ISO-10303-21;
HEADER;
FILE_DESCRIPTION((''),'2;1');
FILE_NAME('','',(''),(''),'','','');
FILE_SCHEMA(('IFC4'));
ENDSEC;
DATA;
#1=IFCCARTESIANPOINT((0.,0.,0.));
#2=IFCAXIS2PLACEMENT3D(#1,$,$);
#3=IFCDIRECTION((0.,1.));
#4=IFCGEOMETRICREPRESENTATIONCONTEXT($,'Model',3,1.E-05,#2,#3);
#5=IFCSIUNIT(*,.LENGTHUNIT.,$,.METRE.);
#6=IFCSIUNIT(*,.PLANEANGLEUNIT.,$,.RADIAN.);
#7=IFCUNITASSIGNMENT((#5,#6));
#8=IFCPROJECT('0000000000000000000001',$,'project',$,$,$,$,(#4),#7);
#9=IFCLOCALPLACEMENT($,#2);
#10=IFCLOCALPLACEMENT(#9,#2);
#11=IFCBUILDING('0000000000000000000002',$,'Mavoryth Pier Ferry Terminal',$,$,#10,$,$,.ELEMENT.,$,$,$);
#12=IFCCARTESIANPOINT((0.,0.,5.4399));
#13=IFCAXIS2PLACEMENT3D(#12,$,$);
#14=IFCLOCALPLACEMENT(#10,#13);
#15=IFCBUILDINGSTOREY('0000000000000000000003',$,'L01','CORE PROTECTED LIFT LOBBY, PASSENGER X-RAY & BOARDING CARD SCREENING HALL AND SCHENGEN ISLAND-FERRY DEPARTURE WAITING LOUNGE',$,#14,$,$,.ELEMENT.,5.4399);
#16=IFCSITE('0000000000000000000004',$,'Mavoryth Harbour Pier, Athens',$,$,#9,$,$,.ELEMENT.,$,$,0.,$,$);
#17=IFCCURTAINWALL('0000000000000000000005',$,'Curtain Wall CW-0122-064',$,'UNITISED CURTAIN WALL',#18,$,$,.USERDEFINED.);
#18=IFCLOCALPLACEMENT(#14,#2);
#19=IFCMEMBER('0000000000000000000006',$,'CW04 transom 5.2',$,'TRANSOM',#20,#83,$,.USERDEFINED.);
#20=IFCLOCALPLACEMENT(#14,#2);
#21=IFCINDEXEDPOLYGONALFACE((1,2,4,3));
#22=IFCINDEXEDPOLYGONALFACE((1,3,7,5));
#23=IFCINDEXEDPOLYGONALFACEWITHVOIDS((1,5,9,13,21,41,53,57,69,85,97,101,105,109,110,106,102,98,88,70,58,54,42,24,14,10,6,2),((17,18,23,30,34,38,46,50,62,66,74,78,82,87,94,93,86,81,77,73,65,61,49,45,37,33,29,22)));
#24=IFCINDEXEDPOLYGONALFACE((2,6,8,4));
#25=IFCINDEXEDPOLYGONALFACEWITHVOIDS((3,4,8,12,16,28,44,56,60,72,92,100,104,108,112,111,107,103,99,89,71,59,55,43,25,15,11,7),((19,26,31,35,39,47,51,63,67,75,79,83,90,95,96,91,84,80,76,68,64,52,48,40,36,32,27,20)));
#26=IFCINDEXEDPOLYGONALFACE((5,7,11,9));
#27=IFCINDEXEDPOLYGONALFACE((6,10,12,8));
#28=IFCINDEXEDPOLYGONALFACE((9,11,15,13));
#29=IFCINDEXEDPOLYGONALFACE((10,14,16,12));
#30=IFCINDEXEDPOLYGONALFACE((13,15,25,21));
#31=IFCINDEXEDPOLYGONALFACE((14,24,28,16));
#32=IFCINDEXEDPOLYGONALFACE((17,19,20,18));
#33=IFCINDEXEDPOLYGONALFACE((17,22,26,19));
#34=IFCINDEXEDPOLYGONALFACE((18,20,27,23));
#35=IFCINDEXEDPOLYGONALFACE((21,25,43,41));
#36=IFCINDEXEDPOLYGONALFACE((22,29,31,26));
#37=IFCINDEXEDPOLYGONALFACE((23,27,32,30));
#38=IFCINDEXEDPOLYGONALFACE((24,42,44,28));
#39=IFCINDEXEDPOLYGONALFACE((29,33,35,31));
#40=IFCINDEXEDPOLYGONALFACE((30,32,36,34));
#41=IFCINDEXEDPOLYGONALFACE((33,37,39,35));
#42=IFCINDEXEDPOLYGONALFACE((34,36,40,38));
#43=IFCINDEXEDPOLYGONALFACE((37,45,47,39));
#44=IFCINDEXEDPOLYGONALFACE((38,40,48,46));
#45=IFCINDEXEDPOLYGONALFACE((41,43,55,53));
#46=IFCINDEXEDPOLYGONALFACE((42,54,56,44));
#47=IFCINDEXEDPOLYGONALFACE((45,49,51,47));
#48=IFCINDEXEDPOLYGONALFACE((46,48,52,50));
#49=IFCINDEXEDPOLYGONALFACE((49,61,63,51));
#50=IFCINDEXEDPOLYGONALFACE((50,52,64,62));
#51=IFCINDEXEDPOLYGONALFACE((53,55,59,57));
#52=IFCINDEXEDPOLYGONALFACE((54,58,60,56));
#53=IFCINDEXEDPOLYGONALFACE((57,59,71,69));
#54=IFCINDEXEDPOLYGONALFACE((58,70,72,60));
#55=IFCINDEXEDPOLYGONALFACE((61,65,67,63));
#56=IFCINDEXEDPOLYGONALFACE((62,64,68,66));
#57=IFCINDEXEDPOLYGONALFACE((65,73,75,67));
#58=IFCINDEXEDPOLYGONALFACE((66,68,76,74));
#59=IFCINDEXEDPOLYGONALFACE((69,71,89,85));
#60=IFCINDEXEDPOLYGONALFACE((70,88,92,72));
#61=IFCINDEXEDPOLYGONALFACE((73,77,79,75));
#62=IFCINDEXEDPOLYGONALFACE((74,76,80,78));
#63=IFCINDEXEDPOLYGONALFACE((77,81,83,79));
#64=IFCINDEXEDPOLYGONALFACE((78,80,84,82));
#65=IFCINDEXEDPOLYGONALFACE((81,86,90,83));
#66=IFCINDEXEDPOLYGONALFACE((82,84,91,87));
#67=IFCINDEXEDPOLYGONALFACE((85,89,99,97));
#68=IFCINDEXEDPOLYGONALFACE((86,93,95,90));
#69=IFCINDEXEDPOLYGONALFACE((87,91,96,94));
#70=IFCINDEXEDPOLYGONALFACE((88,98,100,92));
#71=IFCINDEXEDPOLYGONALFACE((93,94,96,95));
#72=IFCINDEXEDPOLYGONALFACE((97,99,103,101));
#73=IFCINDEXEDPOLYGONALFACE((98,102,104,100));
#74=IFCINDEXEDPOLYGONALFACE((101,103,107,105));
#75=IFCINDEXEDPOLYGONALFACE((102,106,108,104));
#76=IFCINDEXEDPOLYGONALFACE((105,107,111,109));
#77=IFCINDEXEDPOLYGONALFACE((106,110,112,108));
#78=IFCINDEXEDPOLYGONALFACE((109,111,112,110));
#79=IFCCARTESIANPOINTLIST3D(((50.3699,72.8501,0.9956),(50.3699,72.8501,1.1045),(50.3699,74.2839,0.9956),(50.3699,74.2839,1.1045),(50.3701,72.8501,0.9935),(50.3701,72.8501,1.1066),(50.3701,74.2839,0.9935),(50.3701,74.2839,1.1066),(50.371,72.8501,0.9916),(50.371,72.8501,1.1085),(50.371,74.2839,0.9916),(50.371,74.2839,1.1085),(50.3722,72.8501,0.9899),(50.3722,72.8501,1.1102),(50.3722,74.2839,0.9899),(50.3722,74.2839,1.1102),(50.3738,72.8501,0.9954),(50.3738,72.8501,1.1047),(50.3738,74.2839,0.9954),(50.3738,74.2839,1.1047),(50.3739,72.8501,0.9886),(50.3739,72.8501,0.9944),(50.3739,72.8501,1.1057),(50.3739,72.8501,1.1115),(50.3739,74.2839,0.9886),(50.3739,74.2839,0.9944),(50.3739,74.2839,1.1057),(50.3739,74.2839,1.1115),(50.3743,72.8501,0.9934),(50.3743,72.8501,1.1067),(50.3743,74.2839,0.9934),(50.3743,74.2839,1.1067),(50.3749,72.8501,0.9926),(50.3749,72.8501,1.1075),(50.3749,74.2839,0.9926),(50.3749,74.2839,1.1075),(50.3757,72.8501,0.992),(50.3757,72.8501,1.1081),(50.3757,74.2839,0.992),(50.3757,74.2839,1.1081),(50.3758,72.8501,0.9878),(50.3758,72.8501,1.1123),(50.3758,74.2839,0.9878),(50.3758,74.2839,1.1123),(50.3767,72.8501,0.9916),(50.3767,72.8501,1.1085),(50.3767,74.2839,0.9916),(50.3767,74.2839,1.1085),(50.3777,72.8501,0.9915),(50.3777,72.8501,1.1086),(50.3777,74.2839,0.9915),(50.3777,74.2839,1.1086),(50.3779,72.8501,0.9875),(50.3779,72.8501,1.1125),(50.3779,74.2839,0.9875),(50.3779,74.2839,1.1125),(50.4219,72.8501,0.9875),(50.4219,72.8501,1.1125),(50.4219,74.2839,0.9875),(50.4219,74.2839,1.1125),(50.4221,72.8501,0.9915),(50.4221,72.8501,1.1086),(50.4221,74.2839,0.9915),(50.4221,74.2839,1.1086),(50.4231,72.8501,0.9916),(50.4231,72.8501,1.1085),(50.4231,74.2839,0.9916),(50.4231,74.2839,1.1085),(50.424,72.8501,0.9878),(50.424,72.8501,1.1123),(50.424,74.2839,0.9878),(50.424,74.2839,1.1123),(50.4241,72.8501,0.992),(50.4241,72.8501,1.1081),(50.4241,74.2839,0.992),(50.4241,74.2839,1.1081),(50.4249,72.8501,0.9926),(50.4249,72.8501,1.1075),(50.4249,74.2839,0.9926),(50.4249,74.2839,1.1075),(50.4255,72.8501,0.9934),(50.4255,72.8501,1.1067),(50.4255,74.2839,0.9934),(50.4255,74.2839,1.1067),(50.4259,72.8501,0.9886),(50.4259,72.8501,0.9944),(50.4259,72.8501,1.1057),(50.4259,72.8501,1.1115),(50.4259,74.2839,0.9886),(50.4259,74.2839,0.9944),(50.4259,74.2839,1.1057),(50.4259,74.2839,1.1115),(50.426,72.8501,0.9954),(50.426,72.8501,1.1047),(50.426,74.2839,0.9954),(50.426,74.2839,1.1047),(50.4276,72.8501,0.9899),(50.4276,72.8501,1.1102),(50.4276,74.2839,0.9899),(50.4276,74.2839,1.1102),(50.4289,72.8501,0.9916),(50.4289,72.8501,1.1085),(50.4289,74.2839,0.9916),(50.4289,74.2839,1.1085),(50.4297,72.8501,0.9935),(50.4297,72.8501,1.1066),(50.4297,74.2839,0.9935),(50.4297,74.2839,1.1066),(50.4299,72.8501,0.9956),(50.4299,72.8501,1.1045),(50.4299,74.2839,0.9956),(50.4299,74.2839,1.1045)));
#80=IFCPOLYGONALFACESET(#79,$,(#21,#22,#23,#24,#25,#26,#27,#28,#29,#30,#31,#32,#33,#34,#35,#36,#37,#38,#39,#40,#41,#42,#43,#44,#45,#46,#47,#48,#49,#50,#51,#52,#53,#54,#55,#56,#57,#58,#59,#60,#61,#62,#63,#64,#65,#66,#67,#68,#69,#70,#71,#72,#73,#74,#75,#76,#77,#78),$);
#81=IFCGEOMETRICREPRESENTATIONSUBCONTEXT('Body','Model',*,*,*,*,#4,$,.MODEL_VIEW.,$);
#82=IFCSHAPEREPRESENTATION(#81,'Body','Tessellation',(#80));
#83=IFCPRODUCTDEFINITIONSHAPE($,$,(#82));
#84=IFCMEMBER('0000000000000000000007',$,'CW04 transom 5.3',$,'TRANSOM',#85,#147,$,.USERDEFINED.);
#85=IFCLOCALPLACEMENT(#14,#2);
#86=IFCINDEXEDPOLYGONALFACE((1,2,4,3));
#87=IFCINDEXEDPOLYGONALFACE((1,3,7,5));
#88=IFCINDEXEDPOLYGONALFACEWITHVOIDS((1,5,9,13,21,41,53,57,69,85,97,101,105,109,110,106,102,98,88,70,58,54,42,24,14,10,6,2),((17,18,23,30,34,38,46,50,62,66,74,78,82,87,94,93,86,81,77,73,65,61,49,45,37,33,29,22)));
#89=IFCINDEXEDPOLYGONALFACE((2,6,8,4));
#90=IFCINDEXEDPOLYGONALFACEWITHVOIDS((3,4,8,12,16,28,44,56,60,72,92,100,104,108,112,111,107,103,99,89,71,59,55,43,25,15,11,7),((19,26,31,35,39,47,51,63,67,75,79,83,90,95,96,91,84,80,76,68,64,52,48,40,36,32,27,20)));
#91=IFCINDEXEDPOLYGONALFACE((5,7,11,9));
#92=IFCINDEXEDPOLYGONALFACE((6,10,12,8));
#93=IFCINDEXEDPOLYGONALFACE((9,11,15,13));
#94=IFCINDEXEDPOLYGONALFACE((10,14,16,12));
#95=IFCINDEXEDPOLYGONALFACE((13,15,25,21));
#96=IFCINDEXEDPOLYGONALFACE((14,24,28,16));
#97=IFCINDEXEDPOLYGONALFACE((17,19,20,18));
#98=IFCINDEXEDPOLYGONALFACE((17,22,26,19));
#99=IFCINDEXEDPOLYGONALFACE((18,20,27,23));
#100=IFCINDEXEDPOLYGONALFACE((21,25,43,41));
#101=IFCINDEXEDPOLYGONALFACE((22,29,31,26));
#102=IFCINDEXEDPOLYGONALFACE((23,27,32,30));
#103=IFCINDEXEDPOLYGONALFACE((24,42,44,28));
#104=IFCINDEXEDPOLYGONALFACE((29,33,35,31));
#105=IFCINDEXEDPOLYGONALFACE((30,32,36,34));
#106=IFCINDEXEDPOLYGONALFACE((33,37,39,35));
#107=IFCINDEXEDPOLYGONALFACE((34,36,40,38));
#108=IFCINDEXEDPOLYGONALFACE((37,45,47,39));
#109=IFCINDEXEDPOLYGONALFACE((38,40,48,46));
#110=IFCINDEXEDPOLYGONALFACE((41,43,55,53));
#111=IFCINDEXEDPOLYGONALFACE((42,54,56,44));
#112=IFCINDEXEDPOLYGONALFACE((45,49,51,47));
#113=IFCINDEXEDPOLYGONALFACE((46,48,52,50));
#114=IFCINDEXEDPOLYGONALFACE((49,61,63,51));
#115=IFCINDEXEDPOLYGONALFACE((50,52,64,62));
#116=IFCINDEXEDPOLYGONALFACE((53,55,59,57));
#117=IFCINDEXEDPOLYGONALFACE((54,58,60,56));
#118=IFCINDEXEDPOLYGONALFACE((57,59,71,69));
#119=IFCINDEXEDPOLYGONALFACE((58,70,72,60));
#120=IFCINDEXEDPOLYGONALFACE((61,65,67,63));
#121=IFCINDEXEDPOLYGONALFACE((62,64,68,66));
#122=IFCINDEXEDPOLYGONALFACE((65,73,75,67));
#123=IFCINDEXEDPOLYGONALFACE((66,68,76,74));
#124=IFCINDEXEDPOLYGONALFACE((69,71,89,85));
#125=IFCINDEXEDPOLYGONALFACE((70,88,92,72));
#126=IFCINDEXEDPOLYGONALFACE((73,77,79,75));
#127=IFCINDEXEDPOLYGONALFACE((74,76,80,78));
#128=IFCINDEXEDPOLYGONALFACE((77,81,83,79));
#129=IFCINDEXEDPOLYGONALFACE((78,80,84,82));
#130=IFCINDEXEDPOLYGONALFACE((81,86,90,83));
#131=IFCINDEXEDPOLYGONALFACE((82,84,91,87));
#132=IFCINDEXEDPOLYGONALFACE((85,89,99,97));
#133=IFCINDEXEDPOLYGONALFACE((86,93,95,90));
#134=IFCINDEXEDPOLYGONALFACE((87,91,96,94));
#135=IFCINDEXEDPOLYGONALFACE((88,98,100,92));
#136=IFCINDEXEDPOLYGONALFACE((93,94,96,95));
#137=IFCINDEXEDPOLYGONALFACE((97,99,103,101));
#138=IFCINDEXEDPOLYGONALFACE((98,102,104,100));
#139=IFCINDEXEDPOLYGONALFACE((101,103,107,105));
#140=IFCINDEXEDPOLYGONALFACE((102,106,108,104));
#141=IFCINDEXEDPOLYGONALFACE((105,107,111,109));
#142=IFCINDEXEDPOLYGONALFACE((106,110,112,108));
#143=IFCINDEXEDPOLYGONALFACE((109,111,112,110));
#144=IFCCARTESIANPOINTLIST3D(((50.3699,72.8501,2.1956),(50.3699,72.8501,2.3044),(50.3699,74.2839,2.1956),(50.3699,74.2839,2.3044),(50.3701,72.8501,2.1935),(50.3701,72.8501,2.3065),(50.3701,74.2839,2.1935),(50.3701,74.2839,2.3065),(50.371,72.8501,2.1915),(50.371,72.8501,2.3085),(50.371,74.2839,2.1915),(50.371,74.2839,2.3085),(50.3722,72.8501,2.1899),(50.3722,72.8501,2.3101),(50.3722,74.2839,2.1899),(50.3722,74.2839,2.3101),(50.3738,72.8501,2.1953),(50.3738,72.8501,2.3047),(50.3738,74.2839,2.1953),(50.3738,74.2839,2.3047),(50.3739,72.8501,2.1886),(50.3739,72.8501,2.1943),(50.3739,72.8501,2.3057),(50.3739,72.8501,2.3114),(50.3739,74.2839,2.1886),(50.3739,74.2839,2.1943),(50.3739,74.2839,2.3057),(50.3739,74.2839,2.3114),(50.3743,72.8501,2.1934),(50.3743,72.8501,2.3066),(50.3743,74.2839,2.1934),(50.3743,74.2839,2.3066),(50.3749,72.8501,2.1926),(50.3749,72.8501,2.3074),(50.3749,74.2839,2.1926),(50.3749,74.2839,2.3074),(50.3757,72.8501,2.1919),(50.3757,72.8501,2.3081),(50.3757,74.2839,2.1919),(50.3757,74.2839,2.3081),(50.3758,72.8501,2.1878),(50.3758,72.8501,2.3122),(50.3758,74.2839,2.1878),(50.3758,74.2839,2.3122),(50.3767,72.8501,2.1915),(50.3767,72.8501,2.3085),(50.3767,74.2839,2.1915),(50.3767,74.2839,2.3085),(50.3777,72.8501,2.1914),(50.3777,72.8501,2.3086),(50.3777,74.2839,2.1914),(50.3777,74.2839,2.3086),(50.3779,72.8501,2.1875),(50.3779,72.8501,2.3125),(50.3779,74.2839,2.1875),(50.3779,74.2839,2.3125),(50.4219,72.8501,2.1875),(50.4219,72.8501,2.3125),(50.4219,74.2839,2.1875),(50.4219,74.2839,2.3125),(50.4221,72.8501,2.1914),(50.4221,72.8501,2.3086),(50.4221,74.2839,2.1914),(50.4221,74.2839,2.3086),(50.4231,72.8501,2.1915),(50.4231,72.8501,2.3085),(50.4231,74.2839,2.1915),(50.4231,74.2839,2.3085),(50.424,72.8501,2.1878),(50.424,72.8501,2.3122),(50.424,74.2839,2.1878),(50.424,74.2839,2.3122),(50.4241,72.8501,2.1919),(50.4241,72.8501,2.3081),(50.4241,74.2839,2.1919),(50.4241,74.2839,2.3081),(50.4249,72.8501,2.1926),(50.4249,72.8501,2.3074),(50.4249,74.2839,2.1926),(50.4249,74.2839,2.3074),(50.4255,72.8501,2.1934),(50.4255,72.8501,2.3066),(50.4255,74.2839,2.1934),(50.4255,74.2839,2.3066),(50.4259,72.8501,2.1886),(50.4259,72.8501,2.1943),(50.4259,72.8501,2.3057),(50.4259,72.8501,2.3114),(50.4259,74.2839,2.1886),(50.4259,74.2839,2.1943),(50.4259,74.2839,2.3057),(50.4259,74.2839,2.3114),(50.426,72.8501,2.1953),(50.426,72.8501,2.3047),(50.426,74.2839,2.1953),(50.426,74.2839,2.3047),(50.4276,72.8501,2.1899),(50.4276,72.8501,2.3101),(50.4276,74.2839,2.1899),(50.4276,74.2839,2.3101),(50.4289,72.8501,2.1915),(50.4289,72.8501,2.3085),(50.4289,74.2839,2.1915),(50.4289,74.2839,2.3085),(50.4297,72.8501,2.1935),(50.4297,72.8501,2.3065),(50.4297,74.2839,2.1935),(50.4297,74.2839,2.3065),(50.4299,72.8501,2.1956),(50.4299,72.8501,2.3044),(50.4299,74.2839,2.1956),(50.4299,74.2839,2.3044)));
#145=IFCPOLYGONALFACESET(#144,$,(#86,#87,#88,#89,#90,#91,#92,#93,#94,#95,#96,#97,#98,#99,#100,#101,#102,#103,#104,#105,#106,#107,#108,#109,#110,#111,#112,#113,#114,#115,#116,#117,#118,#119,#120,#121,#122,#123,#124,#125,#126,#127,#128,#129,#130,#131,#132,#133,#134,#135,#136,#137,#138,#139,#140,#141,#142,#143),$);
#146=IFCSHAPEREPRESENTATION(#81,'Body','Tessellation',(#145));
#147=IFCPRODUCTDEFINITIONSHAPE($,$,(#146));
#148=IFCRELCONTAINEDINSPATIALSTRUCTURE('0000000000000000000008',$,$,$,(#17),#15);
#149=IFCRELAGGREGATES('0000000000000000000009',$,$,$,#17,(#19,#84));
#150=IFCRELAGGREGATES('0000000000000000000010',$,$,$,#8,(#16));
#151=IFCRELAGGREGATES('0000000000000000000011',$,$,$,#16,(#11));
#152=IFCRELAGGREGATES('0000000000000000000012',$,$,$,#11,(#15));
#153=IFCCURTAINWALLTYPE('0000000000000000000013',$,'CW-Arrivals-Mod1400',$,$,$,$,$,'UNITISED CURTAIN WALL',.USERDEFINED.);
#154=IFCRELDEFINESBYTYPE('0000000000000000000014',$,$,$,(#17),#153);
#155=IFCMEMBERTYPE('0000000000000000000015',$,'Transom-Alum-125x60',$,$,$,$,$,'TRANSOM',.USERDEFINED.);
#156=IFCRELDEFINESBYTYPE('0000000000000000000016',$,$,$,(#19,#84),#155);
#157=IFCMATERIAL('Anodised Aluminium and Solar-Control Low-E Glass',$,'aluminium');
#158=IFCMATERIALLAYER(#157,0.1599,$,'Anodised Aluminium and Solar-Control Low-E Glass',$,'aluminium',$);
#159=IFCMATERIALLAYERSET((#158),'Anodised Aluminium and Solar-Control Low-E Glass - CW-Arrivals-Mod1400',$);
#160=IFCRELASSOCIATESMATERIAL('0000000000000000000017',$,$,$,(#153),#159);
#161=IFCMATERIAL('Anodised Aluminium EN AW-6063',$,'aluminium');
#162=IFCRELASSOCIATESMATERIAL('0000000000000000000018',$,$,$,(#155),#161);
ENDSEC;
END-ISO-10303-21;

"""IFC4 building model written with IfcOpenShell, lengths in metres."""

from ifc_helpers import new_model, si_unit, direction, frame, origin, origin_2d, place, context, subcontext, project, spatial, hollow_rectangle, extrude, material, layer, layer_set, material_profile, profile_set, type_object, element, aggregate, save


model = new_model("IFC4")

# Units and contexts
model_context = context("Model", 3, precision=1e-05, world=origin(), true_north=direction((0.0, 1.0)))
body_context = subcontext(model_context, "Body", "Model", "MODEL_VIEW")
ifc_project = project(units=[si_unit("LENGTHUNIT", "METRE"), si_unit("PLANEANGLEUNIT", "RADIAN")], contexts=[model_context])

# Site, building, storey
site_placement = place(None, origin())
site = spatial("IfcSite", under=ifc_project, at=site_placement, Name="Mavoryth Harbour Pier, Athens", CompositionType="ELEMENT", RefElevation=0.0)
building_placement = place(site_placement, origin())
building = spatial("IfcBuilding", under=site, at=building_placement, Name="Mavoryth Pier Ferry Terminal", CompositionType="ELEMENT")
storey_placement = place(building_placement, frame((0.0, 0.0, 5.4399)))
storey = spatial("IfcBuildingStorey", under=building, at=storey_placement, Name="L01", Description="CORE PROTECTED LIFT LOBBY, PASSENGER X-RAY & BOARDING CARD SCREENING HALL AND SCHENGEN ISLAND-FERRY DEPARTURE WAITING LOUNGE", CompositionType="ELEMENT", Elevation=5.4399)

# Curtain wall, members
ifc_material_1 = material(Name="Anodised Aluminium and Solar-Control Low-E Glass", Category="aluminium")
ifc_layer_1 = layer(ifc_material_1, 0.1599, Name="Anodised Aluminium and Solar-Control Low-E Glass", Category="aluminium")
ifc_layer_set_1 = layer_set([ifc_layer_1], Name="Anodised Aluminium and Solar-Control Low-E Glass - CW-Arrivals-Mod1400")
curtain_wall_type = type_object("IfcCurtainWallType", Name="CW-Arrivals-Mod1400", ElementType="UNITISED CURTAIN WALL", PredefinedType="USERDEFINED", material=ifc_layer_set_1)
curtain_wall_placement = place(storey_placement, origin())
curtain_wall = element("IfcCurtainWall", 1, at=curtain_wall_placement, inside=storey, type_object=curtain_wall_type, Name="Curtain Wall CW-0122-064", ObjectType="UNITISED CURTAIN WALL", PredefinedType="USERDEFINED")
ifc_material_2 = material(Name="Anodised Aluminium EN AW-6063", Category="aluminium")
ifc_material_profile_1 = material_profile(ifc_material_2, hollow_rectangle(XDim=0.0601, YDim=0.125, WallThickness=0.0039, InnerFilletRadius=0.0039, OuterFilletRadius=0.0081, at=origin_2d()), Name="AL-TRAN 125x60x4", Category="aluminium")
ifc_profile_set_1 = profile_set([ifc_material_profile_1], Name="Anodised Aluminium EN AW-6063 - AL-TRAN 125x60x4")
member_type_1 = type_object("IfcMemberType", Name="Transom-Alum-125x60", ElementType="TRANSOM", PredefinedType="USERDEFINED", material=ifc_profile_set_1)
member_1_placement = place(storey_placement, frame((50.3999, 74.2839, 1.05), z_axis=(0.0, -1.0, 0.0), x_axis=(1.0, 0.0, 0.0)))
member_1 = element("IfcMember", 2, at=member_1_placement, type_object=member_type_1, Name="CW04 transom 5.2", ObjectType="TRANSOM", PredefinedType="USERDEFINED", context=body_context, shape_type="SweptSolid", body=[
    extrude(hollow_rectangle(XDim=0.0601, YDim=0.125, WallThickness=0.0039, InnerFilletRadius=0.0039, OuterFilletRadius=0.0081, at=origin_2d()), origin(), (0.0, 0.0, 1.0), 1.4338),
])
member_2_placement = place(storey_placement, frame((50.3999, 74.2839, 2.25), z_axis=(0.0, -1.0, 0.0), x_axis=(1.0, 0.0, 0.0)))
member_2 = element("IfcMember", 3, at=member_2_placement, type_object=member_type_1, Name="CW04 transom 5.3", ObjectType="TRANSOM", PredefinedType="USERDEFINED", context=body_context, shape_type="SweptSolid", body=[
    extrude(hollow_rectangle(XDim=0.0601, YDim=0.125, WallThickness=0.0039, InnerFilletRadius=0.0039, OuterFilletRadius=0.0081, at=origin_2d()), origin(), (0.0, 0.0, 1.0), 1.4338),
])
aggregate(curtain_wall, [member_1, member_2])

save(model, "model.ifc")
